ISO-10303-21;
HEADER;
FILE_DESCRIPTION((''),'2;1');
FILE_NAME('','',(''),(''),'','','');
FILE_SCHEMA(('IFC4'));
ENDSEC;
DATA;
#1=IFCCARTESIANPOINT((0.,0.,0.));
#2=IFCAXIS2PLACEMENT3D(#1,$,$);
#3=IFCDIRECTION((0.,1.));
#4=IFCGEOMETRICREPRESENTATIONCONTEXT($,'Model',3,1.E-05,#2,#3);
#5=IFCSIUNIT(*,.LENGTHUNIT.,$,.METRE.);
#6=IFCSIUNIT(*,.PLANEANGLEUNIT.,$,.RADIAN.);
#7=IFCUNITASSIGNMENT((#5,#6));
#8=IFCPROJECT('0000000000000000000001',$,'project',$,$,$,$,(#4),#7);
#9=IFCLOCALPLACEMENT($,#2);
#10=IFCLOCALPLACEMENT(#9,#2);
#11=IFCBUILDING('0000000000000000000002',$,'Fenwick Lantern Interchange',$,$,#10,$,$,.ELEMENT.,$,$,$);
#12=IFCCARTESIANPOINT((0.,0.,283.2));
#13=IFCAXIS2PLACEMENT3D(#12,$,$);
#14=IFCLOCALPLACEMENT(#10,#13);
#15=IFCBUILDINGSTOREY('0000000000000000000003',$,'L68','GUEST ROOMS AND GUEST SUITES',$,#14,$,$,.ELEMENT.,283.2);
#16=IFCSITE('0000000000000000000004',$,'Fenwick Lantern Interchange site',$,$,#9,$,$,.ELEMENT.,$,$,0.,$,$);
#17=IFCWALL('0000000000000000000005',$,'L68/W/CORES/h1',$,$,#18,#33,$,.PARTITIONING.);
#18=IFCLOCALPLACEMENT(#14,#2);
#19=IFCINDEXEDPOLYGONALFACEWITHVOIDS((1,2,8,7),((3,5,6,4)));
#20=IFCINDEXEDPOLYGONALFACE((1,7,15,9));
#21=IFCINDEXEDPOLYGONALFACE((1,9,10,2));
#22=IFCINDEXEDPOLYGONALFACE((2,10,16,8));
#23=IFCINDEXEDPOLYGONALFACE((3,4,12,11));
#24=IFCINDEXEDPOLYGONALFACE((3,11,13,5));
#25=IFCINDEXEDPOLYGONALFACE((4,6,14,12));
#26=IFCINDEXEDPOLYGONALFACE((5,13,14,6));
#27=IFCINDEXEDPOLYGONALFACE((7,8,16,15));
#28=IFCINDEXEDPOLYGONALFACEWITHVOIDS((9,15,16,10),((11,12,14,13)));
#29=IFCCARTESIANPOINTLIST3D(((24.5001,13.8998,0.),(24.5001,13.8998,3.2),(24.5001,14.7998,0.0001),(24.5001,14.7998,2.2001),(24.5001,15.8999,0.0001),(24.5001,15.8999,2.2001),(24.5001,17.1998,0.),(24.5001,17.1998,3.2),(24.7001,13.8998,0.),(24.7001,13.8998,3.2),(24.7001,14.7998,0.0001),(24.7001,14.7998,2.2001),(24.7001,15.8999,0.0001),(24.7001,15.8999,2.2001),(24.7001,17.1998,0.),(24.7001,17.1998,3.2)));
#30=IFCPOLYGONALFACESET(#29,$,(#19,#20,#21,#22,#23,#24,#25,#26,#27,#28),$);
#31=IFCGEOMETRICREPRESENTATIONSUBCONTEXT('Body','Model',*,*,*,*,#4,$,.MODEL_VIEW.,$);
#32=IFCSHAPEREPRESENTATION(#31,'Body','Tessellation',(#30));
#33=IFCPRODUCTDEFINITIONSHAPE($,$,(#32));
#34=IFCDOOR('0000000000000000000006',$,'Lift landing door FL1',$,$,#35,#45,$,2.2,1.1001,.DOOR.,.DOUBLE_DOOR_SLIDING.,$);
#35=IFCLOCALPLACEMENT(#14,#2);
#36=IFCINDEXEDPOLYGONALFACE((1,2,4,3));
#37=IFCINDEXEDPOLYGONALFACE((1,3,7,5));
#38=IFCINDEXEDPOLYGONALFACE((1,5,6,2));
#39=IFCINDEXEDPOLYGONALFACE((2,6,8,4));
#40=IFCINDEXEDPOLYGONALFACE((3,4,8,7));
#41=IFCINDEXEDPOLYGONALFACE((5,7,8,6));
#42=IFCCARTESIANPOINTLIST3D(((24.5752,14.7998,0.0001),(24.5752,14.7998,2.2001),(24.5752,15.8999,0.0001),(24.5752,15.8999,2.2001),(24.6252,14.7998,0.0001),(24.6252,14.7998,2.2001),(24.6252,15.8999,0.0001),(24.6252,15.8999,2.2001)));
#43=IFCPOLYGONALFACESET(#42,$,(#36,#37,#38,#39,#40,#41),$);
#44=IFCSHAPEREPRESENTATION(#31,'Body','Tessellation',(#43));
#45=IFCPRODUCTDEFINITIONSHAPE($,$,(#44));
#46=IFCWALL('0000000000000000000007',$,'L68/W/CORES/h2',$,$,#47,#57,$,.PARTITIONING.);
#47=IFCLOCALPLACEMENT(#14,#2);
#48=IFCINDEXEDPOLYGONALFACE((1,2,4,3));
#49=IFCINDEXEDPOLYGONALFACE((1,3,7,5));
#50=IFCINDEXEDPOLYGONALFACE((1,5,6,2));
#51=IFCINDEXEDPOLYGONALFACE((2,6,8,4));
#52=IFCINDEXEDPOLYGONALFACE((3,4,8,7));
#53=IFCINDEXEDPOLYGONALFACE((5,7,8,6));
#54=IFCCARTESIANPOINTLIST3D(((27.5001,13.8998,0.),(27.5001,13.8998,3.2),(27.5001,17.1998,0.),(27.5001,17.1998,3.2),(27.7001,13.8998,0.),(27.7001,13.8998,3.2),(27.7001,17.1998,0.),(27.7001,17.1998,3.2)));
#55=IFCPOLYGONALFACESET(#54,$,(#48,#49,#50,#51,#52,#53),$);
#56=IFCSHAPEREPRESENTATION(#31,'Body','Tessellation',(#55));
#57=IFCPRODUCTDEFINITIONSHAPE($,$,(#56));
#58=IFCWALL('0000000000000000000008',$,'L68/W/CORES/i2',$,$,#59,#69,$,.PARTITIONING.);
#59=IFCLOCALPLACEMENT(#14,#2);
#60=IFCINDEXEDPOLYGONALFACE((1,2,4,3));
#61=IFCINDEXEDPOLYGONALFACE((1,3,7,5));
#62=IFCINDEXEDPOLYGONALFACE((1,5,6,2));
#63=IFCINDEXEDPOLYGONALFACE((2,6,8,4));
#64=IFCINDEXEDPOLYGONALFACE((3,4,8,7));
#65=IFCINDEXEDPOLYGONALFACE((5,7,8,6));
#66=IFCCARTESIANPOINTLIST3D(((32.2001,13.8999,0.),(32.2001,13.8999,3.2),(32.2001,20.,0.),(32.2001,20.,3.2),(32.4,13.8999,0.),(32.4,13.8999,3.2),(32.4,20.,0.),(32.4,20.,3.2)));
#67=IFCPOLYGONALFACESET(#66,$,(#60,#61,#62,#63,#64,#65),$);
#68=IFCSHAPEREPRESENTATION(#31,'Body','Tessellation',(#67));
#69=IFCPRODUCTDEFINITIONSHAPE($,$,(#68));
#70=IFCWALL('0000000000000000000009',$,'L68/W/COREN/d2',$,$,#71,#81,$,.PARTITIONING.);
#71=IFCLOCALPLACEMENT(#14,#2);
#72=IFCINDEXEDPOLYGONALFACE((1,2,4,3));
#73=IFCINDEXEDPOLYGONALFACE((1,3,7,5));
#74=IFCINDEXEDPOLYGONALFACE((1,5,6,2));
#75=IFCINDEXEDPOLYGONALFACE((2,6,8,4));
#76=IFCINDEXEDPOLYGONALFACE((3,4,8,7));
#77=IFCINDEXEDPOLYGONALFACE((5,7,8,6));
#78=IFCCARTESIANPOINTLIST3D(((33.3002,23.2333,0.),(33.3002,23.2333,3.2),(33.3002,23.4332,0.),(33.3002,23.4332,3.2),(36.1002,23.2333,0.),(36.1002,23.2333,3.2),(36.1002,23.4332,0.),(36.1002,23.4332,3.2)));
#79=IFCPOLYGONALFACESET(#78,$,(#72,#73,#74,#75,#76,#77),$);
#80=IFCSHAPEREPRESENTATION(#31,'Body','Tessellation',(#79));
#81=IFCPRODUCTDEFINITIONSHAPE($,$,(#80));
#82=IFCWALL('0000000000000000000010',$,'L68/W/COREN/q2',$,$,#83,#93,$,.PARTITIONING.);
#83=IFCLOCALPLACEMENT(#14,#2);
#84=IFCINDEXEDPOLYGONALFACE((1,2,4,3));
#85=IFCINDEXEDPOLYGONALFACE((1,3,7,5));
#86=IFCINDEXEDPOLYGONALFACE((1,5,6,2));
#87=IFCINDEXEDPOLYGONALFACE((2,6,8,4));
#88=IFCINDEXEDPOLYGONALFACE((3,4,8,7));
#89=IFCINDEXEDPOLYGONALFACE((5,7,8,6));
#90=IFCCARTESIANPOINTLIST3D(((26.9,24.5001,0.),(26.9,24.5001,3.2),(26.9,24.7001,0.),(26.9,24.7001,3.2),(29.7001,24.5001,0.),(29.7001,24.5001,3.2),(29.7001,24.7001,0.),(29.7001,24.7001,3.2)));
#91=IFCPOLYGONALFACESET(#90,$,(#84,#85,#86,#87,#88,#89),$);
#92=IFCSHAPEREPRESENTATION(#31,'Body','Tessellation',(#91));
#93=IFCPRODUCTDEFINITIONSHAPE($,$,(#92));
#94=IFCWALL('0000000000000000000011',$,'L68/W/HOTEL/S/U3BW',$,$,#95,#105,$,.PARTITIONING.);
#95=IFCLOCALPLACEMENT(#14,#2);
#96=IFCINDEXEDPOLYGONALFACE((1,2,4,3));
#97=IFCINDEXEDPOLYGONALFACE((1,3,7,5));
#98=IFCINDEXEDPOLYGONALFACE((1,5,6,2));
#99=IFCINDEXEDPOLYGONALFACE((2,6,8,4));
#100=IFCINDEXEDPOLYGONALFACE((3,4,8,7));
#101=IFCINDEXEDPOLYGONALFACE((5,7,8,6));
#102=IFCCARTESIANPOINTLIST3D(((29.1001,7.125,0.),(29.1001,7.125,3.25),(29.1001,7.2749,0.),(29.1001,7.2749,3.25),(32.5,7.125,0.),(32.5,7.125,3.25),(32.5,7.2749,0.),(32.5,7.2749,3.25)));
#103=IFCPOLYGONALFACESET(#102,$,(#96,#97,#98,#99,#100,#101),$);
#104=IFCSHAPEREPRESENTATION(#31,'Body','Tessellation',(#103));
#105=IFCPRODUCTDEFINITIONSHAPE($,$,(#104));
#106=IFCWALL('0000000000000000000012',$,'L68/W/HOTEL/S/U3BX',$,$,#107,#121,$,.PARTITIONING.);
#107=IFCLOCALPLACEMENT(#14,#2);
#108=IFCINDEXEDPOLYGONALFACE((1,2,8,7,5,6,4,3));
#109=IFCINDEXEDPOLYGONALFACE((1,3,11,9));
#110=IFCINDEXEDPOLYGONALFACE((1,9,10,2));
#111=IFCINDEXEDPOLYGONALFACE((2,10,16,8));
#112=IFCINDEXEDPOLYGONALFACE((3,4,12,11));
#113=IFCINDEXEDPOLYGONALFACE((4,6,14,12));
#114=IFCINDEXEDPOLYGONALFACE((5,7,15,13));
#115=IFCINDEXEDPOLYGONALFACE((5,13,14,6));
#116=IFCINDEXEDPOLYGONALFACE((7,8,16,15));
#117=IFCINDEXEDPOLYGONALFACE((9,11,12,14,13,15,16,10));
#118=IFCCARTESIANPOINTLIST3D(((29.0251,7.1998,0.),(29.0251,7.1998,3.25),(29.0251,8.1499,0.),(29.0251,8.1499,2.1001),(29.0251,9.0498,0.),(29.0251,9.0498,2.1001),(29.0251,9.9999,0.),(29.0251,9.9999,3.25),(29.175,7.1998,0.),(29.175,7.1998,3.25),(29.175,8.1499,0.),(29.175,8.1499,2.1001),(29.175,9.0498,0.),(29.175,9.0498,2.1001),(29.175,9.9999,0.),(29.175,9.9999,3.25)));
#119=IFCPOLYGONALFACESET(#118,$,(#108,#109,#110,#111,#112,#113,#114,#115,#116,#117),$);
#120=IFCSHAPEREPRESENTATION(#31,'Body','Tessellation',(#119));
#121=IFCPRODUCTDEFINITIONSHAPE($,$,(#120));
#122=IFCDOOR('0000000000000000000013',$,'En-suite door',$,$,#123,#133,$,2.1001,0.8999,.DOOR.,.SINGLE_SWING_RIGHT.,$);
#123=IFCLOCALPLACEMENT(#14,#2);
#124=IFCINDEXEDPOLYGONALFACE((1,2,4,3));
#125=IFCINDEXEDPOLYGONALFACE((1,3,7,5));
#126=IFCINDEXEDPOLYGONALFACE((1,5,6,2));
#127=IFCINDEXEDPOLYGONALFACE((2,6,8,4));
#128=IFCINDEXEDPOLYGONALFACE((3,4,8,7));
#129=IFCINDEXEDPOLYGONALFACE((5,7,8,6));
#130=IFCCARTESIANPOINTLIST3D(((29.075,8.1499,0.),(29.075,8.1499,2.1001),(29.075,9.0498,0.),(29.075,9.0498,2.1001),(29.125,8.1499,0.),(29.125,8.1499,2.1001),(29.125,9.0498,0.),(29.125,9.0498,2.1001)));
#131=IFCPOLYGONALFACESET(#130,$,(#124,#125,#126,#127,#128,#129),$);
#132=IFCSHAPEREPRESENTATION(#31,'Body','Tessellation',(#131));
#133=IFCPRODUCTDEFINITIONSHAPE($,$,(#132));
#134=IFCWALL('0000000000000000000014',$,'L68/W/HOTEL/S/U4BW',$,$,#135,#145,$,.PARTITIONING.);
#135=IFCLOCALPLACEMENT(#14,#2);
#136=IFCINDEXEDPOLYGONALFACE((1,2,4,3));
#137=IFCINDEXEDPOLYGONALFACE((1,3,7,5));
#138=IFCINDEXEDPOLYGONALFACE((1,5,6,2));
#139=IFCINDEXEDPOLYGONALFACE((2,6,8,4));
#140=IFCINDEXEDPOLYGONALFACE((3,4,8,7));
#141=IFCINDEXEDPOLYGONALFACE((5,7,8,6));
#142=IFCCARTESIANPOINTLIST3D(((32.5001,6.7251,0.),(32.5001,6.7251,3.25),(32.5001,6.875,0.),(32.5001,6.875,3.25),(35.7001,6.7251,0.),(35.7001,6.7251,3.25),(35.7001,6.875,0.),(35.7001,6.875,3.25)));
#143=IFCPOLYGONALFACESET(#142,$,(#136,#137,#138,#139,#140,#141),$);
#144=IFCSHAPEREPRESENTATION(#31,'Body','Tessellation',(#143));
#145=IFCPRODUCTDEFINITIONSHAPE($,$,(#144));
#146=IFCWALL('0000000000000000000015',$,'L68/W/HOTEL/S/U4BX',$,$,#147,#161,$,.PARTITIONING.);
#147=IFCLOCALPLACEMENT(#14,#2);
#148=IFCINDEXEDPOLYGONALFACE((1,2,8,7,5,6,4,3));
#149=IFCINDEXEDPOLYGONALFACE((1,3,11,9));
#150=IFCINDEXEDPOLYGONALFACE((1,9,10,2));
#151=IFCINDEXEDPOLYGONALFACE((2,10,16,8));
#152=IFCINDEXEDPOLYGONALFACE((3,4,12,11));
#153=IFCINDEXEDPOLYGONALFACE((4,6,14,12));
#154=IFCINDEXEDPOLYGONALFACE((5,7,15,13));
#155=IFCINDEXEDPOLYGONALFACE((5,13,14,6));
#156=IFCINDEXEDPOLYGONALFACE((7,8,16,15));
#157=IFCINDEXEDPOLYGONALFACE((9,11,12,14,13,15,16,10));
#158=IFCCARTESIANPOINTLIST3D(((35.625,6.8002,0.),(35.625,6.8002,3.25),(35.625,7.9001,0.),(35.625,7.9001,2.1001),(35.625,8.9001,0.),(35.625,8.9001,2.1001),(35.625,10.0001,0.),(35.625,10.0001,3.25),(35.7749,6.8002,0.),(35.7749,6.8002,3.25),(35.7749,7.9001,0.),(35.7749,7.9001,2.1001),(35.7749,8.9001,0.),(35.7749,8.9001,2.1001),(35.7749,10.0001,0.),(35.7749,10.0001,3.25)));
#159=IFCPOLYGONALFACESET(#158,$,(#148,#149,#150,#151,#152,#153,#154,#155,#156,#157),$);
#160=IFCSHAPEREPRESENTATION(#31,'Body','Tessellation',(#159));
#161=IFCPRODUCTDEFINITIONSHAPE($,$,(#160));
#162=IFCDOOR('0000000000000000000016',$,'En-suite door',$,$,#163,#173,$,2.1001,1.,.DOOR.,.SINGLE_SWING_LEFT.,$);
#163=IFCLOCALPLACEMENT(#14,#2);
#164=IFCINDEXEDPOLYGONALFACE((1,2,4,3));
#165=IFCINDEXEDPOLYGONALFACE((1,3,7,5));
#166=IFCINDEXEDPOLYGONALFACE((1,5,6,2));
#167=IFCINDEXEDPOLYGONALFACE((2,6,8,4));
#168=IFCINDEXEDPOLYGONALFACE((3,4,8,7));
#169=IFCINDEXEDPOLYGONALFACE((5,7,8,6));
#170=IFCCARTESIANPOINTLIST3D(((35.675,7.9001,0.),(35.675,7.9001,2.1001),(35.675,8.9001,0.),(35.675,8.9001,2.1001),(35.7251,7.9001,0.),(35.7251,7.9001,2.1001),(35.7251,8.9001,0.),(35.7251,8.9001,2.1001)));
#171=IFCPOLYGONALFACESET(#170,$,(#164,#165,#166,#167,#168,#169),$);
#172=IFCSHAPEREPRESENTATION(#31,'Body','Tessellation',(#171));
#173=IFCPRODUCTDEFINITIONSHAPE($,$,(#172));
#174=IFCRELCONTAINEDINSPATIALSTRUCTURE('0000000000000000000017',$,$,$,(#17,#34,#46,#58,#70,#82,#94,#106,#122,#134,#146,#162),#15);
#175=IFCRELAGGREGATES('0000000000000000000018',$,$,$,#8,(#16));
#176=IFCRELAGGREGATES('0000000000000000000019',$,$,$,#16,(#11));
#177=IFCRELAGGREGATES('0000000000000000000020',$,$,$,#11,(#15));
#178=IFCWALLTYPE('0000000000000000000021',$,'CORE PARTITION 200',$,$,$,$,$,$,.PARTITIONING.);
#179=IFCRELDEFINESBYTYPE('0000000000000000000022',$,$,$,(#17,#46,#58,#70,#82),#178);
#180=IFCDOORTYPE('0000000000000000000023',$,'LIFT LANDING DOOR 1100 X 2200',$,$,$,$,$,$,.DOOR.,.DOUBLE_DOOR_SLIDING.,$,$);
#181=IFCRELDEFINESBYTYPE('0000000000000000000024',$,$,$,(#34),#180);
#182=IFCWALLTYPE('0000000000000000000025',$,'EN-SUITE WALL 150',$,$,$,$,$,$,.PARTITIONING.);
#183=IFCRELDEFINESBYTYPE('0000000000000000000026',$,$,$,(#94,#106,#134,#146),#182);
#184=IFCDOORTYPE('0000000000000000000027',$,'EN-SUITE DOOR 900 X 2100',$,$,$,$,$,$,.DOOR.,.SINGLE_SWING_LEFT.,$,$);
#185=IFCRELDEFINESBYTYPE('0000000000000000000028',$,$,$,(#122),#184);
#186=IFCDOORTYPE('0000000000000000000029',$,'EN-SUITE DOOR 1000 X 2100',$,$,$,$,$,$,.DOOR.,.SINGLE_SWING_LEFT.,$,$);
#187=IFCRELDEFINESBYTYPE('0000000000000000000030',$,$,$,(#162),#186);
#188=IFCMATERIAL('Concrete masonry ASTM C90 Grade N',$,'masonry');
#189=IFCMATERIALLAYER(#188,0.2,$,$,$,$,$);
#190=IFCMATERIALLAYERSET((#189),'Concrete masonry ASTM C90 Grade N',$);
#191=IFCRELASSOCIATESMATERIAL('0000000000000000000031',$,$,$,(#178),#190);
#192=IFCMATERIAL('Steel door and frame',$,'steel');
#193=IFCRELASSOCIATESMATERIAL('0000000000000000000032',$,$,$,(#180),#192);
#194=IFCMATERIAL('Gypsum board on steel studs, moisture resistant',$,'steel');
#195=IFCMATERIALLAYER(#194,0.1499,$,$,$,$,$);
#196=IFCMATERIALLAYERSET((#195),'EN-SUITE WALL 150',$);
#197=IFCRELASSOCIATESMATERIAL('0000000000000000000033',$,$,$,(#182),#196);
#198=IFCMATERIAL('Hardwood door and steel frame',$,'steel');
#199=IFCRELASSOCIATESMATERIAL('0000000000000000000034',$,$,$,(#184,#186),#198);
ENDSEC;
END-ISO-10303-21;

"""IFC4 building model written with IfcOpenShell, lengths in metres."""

from ifc_helpers import new_model, si_unit, direction, frame, frame_2d, origin, place, context, subcontext, project, spatial, rectangle, extrude, material, layer, layer_set, type_object, element, fill, save


model = new_model("IFC4")

# Units and contexts
model_context = context("Model", 3, precision=1e-05, world=origin(), true_north=direction((0.0, 1.0)))
body_context = subcontext(model_context, "Body", "Model", "MODEL_VIEW")
ifc_project = project(units=[si_unit("LENGTHUNIT", "METRE"), si_unit("PLANEANGLEUNIT", "RADIAN")], contexts=[model_context])

# Site, building, storey
site_placement = place(None, origin())
site = spatial("IfcSite", under=ifc_project, at=site_placement, Name="Fenwick Lantern Interchange site", CompositionType="ELEMENT", RefElevation=0.0)
building_placement = place(site_placement, origin())
building = spatial("IfcBuilding", under=site, at=building_placement, Name="Fenwick Lantern Interchange", CompositionType="ELEMENT")
storey_placement = place(building_placement, frame((0.0, 0.0, 283.2)))
storey = spatial("IfcBuildingStorey", under=building, at=storey_placement, Name="L68", Description="GUEST ROOMS AND GUEST SUITES", CompositionType="ELEMENT", Elevation=283.2)

# Wall, opening, door
ifc_material_1 = material(Name="Concrete masonry ASTM C90 Grade N", Category="masonry")
ifc_layer_1 = layer(ifc_material_1, 0.2)
ifc_layer_set_1 = layer_set([ifc_layer_1], Name="Concrete masonry ASTM C90 Grade N")
wall_type_1 = type_object("IfcWallType", Name="CORE PARTITION 200", PredefinedType="PARTITIONING", material=ifc_layer_set_1)
wall_1_placement = place(storey_placement, frame((24.6001, 13.8999, 0.0), z_axis=(0.0, 0.0, 1.0), x_axis=(0.0, 1.0, 0.0)))
wall_1 = element("IfcWall", 1, at=wall_1_placement, inside=storey, type_object=wall_type_1, Name="L68/W/CORES/h1", PredefinedType="PARTITIONING", context=body_context, shape_type="SweptSolid", body=[
    extrude(rectangle(XDim=3.3, YDim=0.2, at=frame_2d((1.6499, 0.0))), origin(), (0.0, 0.0, 1.0), 3.2),
])
opening_1_placement = place(wall_1_placement, frame((0.8999, 0.0, 0.0)))
opening_1 = element("IfcOpeningElement", 2, at=opening_1_placement, cuts=wall_1, PredefinedType="OPENING", context=body_context, shape_type="SweptSolid", body=[
    extrude(rectangle(XDim=1.1001, YDim=2.2, at=frame_2d((0.55, 1.1001))), frame((0.0, 0.1099, 0.0), z_axis=(0.0, -1.0, 0.0), x_axis=(1.0, 0.0, 0.0)), (0.0, 0.0, 1.0), 0.22),
])
ifc_material_2 = material(Name="Steel door and frame", Category="steel")
door_type_1 = type_object("IfcDoorType", Name="LIFT LANDING DOOR 1100 X 2200", OperationType="DOUBLE_DOOR_SLIDING", PredefinedType="DOOR", material=ifc_material_2)
door_1_placement = place(opening_1_placement, origin())
door_1 = element("IfcDoor", 3, at=door_1_placement, inside=storey, type_object=door_type_1, Name="Lift landing door FL1", OperationType="DOUBLE_DOOR_SLIDING", OverallHeight=2.2, OverallWidth=1.1001, PredefinedType="DOOR", context=body_context, shape_type="SweptSolid", body=[
    extrude(rectangle(XDim=1.1001, YDim=2.2, at=frame_2d((0.55, 1.1001))), frame((0.0, 0.0249, 0.0), z_axis=(0.0, -1.0, 0.0), x_axis=(1.0, 0.0, 0.0)), (0.0, 0.0, 1.0), 0.05),
])
fill(opening_1, door_1)

# Walls
wall_2_placement = place(storey_placement, frame((27.6001, 13.8999, 0.0), z_axis=(0.0, 0.0, 1.0), x_axis=(0.0, 1.0, 0.0)))
element("IfcWall", 4, at=wall_2_placement, inside=storey, type_object=wall_type_1, Name="L68/W/CORES/h2", PredefinedType="PARTITIONING", context=body_context, shape_type="SweptSolid", body=[
    extrude(rectangle(XDim=3.3, YDim=0.2, at=frame_2d((1.6499, 0.0))), origin(), (0.0, 0.0, 1.0), 3.2),
])
wall_3_placement = place(storey_placement, frame((32.3, 13.8999, 0.0), z_axis=(0.0, 0.0, 1.0), x_axis=(0.0, 1.0, 0.0)))
element("IfcWall", 5, at=wall_3_placement, inside=storey, type_object=wall_type_1, Name="L68/W/CORES/i2", PredefinedType="PARTITIONING", context=body_context, shape_type="SweptSolid", body=[
    extrude(rectangle(XDim=6.1001, YDim=0.2, at=frame_2d((3.05, 0.0))), origin(), (0.0, 0.0, 1.0), 3.2),
])
for number, where, z_axis, x_axis, name in (
    (6, (36.1001, 23.3333, 0.0), (0.0, 0.0, 1.0), (-1.0, 0.0, 0.0), "L68/W/COREN/d2"),
    (7, (29.7, 24.6001, 0.0), (0.0, 0.0, 1.0), (-1.0, 0.0, 0.0), "L68/W/COREN/q2"),
):
    element("IfcWall", number, at=place(storey_placement, frame(where, z_axis=z_axis, x_axis=x_axis)), inside=storey, type_object=wall_type_1, Name=name, PredefinedType="PARTITIONING", context=body_context, shape_type="SweptSolid", body=[
        extrude(rectangle(XDim=2.8, YDim=0.2, at=frame_2d((1.3999, 0.0))), origin(), (0.0, 0.0, 1.0), 3.2),
    ])

# Shared definitions
ifc_material_3 = material(Name="Hardwood door and steel frame", Category="steel")

# Wall
ifc_material_4 = material(Name="Gypsum board on steel studs, moisture resistant", Category="steel")
ifc_layer_2 = layer(ifc_material_4, 0.1499)
ifc_layer_set_2 = layer_set([ifc_layer_2], Name="EN-SUITE WALL 150")
wall_type_2 = type_object("IfcWallType", Name="EN-SUITE WALL 150", PredefinedType="PARTITIONING", material=ifc_layer_set_2)
wall_4_placement = place(storey_placement, frame((29.1001, 7.2, 0.0), z_axis=(0.0, 0.0, 1.0), x_axis=(1.0, 0.0, 0.0)))
element("IfcWall", 8, at=wall_4_placement, inside=storey, type_object=wall_type_2, Name="L68/W/HOTEL/S/U3BW", PredefinedType="PARTITIONING", context=body_context, shape_type="SweptSolid", body=[
    extrude(rectangle(XDim=3.3999, YDim=0.1499, at=frame_2d((1.7, 0.0))), origin(), (0.0, 0.0, 1.0), 3.25),
])

# Wall, opening, door
wall_5_placement = place(storey_placement, frame((29.1001, 7.2, 0.0), z_axis=(0.0, 0.0, 1.0), x_axis=(0.0, 1.0, 0.0)))
wall_5 = element("IfcWall", 9, at=wall_5_placement, inside=storey, type_object=wall_type_2, Name="L68/W/HOTEL/S/U3BX", PredefinedType="PARTITIONING", context=body_context, shape_type="SweptSolid", body=[
    extrude(rectangle(XDim=2.8, YDim=0.1499, at=frame_2d((1.3999, 0.0))), origin(), (0.0, 0.0, 1.0), 3.25),
])
opening_2_placement = place(wall_5_placement, frame((0.95, 0.0, 0.0)))
opening_2 = element("IfcOpeningElement", 10, at=opening_2_placement, cuts=wall_5, PredefinedType="OPENING", context=body_context, shape_type="SweptSolid", body=[
    extrude(rectangle(XDim=0.8999, YDim=2.1001, at=frame_2d((0.45, 1.05))), frame((0.0, 0.085, 0.0), z_axis=(0.0, -1.0, 0.0), x_axis=(1.0, 0.0, 0.0)), (0.0, 0.0, 1.0), 0.1699),
])
door_type_2 = type_object("IfcDoorType", Name="EN-SUITE DOOR 900 X 2100", OperationType="SINGLE_SWING_LEFT", PredefinedType="DOOR", material=ifc_material_3)
door_2_placement = place(opening_2_placement, frame((0.8999, 0.0, 0.0), z_axis=(0.0, 0.0, 1.0), x_axis=(-1.0, 0.0, 0.0)))
door_2 = element("IfcDoor", 11, at=door_2_placement, inside=storey, type_object=door_type_2, Name="En-suite door", OperationType="SINGLE_SWING_RIGHT", OverallHeight=2.1001, OverallWidth=0.8999, PredefinedType="DOOR", context=body_context, shape_type="SweptSolid", body=[
    extrude(rectangle(XDim=0.8999, YDim=2.1001, at=frame_2d((0.45, 1.05))), frame((0.0, 0.0249, 0.0), z_axis=(0.0, -1.0, 0.0), x_axis=(1.0, 0.0, 0.0)), (0.0, 0.0, 1.0), 0.05),
])
fill(opening_2, door_2)

# Wall
wall_6_placement = place(storey_placement, frame((32.5, 6.8, 0.0), z_axis=(0.0, 0.0, 1.0), x_axis=(1.0, 0.0, 0.0)))
element("IfcWall", 12, at=wall_6_placement, inside=storey, type_object=wall_type_2, Name="L68/W/HOTEL/S/U4BW", PredefinedType="PARTITIONING", context=body_context, shape_type="SweptSolid", body=[
    extrude(rectangle(XDim=3.2, YDim=0.1499, at=frame_2d((1.6001, 0.0))), origin(), (0.0, 0.0, 1.0), 3.25),
])

# Wall, opening, door
wall_7_placement = place(storey_placement, frame((35.7, 6.8, 0.0), z_axis=(0.0, 0.0, 1.0), x_axis=(0.0, 1.0, 0.0)))
wall_7 = element("IfcWall", 13, at=wall_7_placement, inside=storey, type_object=wall_type_2, Name="L68/W/HOTEL/S/U4BX", PredefinedType="PARTITIONING", context=body_context, shape_type="SweptSolid", body=[
    extrude(rectangle(XDim=3.2, YDim=0.1499, at=frame_2d((1.6001, 0.0))), origin(), (0.0, 0.0, 1.0), 3.25),
])
opening_3_placement = place(wall_7_placement, frame((1.1001, 0.0, 0.0)))
opening_3 = element("IfcOpeningElement", 14, at=opening_3_placement, cuts=wall_7, PredefinedType="OPENING", context=body_context, shape_type="SweptSolid", body=[
    extrude(rectangle(XDim=1.0, YDim=2.1001, at=frame_2d((0.5, 1.05))), frame((0.0, 0.085, 0.0), z_axis=(0.0, -1.0, 0.0), x_axis=(1.0, 0.0, 0.0)), (0.0, 0.0, 1.0), 0.1699),
])
door_type_3 = type_object("IfcDoorType", Name="EN-SUITE DOOR 1000 X 2100", OperationType="SINGLE_SWING_LEFT", PredefinedType="DOOR", material=ifc_material_3)
door_3_placement = place(opening_3_placement, origin())
door_3 = element("IfcDoor", 15, at=door_3_placement, inside=storey, type_object=door_type_3, Name="En-suite door", OperationType="SINGLE_SWING_LEFT", OverallHeight=2.1001, OverallWidth=1.0, PredefinedType="DOOR", context=body_context, shape_type="SweptSolid", body=[
    extrude(rectangle(XDim=1.0, YDim=2.1001, at=frame_2d((0.5, 1.05))), frame((0.0, 0.0249, 0.0), z_axis=(0.0, -1.0, 0.0), x_axis=(1.0, 0.0, 0.0)), (0.0, 0.0, 1.0), 0.05),
])
fill(opening_3, door_3)

save(model, "model.ifc")
